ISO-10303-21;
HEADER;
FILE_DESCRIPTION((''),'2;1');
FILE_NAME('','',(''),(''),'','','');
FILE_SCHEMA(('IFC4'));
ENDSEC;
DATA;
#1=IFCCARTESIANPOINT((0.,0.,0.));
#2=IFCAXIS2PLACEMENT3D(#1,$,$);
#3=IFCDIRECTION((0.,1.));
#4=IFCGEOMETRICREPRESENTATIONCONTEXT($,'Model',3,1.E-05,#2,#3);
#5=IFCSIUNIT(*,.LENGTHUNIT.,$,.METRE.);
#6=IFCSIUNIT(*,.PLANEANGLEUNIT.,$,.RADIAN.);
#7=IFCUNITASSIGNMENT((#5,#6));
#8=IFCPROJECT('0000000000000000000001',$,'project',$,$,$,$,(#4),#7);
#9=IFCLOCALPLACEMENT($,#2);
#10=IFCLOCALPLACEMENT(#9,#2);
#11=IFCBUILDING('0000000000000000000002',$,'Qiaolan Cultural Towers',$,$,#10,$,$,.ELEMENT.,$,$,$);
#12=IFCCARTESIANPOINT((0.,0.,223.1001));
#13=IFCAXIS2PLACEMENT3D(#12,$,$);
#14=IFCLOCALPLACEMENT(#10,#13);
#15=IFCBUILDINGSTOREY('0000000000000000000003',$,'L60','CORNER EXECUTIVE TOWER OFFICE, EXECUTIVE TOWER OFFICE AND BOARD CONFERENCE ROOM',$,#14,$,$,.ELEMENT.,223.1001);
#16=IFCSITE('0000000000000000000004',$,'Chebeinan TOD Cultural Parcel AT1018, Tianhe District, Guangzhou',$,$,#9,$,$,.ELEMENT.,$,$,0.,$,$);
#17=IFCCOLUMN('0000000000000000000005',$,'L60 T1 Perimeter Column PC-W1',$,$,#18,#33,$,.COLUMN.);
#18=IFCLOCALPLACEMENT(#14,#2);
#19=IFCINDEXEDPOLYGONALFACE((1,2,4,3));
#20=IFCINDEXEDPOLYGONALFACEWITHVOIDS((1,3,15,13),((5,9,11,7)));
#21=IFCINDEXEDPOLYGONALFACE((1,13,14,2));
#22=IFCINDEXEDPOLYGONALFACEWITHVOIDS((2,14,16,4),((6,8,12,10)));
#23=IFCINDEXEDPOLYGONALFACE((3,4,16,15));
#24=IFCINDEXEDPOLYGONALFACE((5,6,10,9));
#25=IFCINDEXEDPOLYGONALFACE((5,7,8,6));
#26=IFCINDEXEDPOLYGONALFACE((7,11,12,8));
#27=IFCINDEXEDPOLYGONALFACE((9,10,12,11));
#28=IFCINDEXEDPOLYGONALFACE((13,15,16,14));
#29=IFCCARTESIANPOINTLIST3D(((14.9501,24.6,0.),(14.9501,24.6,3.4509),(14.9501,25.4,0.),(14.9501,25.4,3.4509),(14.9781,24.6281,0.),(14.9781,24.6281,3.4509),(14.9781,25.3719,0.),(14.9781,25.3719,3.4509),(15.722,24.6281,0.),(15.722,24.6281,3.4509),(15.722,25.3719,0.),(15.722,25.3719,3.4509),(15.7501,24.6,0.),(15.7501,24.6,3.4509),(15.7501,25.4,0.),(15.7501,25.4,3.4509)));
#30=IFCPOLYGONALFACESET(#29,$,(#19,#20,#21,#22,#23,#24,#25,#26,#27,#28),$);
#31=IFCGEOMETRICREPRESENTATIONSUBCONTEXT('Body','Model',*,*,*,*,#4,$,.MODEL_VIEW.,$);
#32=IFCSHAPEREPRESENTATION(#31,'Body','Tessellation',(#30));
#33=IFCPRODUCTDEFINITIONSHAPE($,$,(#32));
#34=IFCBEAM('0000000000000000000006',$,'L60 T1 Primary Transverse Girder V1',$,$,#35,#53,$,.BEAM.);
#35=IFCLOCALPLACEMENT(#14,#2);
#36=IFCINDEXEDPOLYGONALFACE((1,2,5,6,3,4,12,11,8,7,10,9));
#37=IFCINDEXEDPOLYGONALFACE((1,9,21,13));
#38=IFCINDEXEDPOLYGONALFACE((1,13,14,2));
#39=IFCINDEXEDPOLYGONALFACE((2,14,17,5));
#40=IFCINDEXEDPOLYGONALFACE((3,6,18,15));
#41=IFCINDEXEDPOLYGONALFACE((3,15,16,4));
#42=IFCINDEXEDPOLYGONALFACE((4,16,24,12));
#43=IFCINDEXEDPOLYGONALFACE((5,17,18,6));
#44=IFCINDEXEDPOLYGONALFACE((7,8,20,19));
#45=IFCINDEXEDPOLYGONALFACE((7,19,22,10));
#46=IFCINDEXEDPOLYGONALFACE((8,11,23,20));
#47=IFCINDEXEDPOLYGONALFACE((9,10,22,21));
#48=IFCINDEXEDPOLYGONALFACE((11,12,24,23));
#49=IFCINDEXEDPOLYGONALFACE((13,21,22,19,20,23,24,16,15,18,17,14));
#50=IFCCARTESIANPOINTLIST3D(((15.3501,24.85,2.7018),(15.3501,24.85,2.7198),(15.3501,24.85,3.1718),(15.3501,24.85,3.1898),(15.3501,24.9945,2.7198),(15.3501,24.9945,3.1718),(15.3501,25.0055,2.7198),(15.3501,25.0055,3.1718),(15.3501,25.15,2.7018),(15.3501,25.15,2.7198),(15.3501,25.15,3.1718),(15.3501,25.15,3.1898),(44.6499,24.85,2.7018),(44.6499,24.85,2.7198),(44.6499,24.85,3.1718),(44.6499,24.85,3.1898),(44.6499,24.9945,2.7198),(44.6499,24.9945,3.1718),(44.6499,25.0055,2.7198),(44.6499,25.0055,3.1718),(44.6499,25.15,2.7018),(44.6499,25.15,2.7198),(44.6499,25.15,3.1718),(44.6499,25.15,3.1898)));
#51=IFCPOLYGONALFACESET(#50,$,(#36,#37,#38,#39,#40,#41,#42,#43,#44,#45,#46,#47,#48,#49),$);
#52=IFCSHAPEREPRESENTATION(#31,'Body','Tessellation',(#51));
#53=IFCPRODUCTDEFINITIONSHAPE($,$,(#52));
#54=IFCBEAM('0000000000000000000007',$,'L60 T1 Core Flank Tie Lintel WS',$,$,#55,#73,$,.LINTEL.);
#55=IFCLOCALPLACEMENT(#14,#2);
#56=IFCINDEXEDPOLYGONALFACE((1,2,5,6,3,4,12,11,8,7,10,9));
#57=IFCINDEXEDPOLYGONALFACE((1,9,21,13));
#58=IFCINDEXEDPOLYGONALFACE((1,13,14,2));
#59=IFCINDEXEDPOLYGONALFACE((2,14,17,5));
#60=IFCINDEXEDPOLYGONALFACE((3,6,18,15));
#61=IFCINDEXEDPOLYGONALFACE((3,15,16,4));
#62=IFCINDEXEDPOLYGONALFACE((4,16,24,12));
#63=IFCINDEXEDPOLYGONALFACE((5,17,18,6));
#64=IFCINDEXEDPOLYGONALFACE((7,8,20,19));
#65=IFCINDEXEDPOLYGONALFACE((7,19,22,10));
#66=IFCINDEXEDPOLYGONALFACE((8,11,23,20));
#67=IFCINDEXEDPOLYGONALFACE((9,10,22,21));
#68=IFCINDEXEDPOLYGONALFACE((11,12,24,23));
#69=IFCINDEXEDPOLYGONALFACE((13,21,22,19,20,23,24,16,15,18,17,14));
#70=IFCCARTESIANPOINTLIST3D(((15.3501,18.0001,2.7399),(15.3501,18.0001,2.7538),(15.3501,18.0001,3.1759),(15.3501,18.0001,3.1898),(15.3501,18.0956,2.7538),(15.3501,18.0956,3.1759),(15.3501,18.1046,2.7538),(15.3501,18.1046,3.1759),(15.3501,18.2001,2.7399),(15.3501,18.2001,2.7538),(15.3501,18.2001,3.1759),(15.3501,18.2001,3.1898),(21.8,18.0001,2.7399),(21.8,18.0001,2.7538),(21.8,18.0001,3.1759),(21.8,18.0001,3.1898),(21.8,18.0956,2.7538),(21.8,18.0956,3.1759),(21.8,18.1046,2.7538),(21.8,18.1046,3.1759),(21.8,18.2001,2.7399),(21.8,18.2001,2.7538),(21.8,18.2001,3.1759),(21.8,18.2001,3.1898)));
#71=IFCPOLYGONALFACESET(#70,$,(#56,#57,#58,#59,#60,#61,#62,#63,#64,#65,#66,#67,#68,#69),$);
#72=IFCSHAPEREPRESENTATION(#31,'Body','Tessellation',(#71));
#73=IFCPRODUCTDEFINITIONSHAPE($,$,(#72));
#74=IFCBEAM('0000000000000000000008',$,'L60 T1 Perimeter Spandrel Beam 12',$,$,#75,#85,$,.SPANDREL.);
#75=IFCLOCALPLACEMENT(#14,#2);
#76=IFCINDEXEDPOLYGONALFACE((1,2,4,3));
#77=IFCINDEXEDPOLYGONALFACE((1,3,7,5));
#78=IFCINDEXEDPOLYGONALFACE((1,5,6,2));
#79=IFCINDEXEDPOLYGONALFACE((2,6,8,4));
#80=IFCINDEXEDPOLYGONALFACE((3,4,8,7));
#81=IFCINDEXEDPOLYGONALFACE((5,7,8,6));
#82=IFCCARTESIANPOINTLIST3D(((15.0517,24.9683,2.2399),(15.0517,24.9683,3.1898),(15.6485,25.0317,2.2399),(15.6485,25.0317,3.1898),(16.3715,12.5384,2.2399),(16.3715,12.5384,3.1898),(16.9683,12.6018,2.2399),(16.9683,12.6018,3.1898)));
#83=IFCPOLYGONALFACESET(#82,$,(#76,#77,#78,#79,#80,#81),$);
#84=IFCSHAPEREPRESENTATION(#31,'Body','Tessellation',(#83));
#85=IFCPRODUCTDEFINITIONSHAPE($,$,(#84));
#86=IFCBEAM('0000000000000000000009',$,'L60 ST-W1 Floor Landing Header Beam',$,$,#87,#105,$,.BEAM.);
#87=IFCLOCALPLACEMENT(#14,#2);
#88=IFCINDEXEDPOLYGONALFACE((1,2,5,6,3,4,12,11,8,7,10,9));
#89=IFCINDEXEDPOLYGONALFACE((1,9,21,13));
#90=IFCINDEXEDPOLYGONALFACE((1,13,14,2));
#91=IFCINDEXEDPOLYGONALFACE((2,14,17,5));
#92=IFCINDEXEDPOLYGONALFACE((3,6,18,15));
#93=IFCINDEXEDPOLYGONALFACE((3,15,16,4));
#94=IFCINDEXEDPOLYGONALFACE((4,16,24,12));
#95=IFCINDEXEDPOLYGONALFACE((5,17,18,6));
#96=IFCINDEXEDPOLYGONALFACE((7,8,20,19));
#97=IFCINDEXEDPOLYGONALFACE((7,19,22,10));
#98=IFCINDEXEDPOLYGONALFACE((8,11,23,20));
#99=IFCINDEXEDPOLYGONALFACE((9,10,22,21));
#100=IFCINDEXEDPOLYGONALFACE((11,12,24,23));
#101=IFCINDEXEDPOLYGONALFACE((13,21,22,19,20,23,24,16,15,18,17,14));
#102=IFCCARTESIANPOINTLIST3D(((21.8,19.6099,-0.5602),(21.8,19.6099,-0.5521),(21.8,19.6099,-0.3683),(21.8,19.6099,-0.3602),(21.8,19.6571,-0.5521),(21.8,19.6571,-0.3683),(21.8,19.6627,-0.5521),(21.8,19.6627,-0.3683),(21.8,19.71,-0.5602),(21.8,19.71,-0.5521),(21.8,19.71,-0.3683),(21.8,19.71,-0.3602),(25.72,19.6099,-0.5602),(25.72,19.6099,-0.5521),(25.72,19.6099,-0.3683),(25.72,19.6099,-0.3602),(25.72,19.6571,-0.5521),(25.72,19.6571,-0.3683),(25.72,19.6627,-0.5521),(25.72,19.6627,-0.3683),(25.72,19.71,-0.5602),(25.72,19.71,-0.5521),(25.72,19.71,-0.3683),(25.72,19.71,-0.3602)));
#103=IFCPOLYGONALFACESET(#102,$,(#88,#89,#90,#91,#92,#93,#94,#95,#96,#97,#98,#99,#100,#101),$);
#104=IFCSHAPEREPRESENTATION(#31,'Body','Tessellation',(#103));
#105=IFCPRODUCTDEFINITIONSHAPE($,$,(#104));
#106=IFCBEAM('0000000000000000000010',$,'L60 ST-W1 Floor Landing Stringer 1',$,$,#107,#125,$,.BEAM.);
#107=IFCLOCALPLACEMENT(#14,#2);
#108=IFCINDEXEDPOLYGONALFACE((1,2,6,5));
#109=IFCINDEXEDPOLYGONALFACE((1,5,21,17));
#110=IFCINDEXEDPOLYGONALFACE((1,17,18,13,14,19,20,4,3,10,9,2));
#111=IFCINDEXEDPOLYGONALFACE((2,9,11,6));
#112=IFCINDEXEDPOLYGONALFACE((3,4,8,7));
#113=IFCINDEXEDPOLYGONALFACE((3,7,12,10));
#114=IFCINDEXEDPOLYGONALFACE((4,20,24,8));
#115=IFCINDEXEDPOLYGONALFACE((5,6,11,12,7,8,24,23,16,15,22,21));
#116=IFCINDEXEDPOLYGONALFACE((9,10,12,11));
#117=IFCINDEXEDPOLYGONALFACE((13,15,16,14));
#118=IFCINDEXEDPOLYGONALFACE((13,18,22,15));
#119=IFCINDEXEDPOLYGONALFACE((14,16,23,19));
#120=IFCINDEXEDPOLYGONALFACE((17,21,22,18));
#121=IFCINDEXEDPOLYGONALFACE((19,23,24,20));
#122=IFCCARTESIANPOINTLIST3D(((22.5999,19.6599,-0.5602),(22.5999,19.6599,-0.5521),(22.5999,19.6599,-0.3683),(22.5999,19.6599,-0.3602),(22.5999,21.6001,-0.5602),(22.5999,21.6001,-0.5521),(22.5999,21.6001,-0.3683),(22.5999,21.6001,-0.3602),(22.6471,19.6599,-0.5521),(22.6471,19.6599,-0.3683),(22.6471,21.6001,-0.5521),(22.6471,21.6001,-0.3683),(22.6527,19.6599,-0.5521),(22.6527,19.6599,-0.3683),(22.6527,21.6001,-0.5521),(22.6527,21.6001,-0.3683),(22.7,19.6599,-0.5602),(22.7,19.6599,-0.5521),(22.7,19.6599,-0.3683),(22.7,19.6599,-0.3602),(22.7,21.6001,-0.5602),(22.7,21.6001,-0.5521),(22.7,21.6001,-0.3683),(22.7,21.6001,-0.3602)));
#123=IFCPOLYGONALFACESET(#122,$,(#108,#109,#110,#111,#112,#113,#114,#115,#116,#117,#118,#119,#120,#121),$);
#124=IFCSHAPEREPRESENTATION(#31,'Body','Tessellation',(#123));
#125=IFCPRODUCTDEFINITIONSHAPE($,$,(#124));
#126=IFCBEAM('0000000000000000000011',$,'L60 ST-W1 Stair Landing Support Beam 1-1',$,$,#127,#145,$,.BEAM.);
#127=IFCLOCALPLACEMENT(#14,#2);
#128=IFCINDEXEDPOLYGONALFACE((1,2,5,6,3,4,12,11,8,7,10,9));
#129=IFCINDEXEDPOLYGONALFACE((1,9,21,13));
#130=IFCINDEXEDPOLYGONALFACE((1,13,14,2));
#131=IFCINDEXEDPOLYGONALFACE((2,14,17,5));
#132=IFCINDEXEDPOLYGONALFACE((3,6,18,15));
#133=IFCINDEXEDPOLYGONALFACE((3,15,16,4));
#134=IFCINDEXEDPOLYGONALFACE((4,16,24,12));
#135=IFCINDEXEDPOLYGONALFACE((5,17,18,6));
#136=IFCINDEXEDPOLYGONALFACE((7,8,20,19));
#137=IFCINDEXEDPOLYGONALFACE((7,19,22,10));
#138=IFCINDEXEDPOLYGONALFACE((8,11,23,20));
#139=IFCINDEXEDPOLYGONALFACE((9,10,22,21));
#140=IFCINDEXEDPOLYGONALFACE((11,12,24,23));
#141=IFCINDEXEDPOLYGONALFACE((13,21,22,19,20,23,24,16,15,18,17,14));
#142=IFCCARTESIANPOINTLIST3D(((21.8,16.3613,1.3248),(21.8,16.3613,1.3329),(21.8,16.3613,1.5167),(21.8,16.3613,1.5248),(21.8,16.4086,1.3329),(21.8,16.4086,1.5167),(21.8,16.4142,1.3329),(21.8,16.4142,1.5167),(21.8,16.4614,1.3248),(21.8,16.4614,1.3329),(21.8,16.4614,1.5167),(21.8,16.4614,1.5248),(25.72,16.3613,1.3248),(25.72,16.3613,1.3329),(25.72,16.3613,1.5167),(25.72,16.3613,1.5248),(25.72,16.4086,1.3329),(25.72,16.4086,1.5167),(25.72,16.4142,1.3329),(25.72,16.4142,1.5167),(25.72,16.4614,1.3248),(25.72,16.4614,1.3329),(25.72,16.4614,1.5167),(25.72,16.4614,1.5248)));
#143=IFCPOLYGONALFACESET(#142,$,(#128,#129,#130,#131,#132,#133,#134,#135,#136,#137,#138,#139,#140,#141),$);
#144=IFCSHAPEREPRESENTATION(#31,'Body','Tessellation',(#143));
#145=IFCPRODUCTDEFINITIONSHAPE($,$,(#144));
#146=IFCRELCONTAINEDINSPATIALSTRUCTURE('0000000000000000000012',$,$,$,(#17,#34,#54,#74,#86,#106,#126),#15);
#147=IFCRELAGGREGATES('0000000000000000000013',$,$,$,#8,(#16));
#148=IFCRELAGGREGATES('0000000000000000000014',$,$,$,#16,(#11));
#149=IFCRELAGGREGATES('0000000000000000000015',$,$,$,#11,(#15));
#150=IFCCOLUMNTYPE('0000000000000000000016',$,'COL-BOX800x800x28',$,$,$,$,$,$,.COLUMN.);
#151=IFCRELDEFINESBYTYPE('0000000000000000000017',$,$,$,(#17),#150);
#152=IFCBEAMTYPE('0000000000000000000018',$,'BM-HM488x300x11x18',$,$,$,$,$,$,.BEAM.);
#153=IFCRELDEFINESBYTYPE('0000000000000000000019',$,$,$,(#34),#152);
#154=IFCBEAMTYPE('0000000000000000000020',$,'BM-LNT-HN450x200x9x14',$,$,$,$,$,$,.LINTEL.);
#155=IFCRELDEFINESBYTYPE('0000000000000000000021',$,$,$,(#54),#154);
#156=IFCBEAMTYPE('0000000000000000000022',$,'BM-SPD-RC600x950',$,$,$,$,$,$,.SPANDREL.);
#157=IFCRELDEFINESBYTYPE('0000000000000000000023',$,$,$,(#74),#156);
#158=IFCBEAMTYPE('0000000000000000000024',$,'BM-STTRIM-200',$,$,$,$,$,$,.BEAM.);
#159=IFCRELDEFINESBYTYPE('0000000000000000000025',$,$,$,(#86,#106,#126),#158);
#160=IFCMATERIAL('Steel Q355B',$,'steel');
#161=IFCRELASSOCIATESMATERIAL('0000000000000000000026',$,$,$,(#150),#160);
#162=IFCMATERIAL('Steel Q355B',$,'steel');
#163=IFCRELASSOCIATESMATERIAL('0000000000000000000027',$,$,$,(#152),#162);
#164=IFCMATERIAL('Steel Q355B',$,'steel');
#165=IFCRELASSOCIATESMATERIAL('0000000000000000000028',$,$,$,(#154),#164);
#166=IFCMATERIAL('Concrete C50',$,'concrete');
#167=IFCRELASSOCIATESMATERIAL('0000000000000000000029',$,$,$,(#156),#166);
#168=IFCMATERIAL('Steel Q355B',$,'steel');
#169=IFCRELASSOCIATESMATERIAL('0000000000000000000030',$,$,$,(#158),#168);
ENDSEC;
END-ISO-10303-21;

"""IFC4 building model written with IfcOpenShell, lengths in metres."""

from ifc_helpers import new_model, si_unit, direction, frame, origin, origin_2d, place, context, subcontext, project, spatial, rectangle, hollow_rectangle, i_section, extrude, material, material_profile, profile_set, type_object, element, save


model = new_model("IFC4")

# Units and contexts
model_context = context("Model", 3, precision=1e-05, world=origin(), true_north=direction((0.0, 1.0)))
body_context = subcontext(model_context, "Body", "Model", "MODEL_VIEW")
ifc_project = project(units=[si_unit("LENGTHUNIT", "METRE"), si_unit("PLANEANGLEUNIT", "RADIAN")], contexts=[model_context])

# Site, building, storey
site_placement = place(None, origin())
site = spatial("IfcSite", under=ifc_project, at=site_placement, Name="Chebeinan TOD Cultural Parcel AT1018, Tianhe District, Guangzhou", CompositionType="ELEMENT", RefElevation=0.0)
building_placement = place(site_placement, origin())
building = spatial("IfcBuilding", under=site, at=building_placement, Name="Qiaolan Cultural Towers", CompositionType="ELEMENT")
storey_placement = place(building_placement, frame((0.0, 0.0, 223.1001)))
storey = spatial("IfcBuildingStorey", under=building, at=storey_placement, Name="L60", Description="CORNER EXECUTIVE TOWER OFFICE, EXECUTIVE TOWER OFFICE AND BOARD CONFERENCE ROOM", CompositionType="ELEMENT", Elevation=223.1001)

# Column
ifc_material_1 = material(Name="Steel Q355B", Category="steel")
ifc_material_profile_1 = material_profile(ifc_material_1, hollow_rectangle(XDim=0.8, YDim=0.8, WallThickness=0.0281, at=origin_2d()), Name="BOX800x800x28")
ifc_profile_set_1 = profile_set([ifc_material_profile_1], Name="Steel Q355B")
column_type = type_object("IfcColumnType", Name="COL-BOX800x800x28", PredefinedType="COLUMN", material=ifc_profile_set_1)
column_placement = place(storey_placement, frame((15.3501, 25.0, 0.0), z_axis=(0.0, 0.0, 1.0), x_axis=(1.0, 0.0, 0.0)))
element("IfcColumn", 1, at=column_placement, inside=storey, type_object=column_type, Name="L60 T1 Perimeter Column PC-W1", PredefinedType="COLUMN", context=body_context, shape_type="SweptSolid", body=[
    extrude(hollow_rectangle(XDim=0.8, YDim=0.8, WallThickness=0.0281, at=origin_2d()), origin(), (0.0, 0.0, 1.0), 3.4509),
])

# Beams
ifc_material_2 = material(Name="Steel Q355B", Category="steel")
ifc_material_profile_2 = material_profile(ifc_material_2, i_section(OverallWidth=0.3, OverallDepth=0.488, WebThickness=0.011, FlangeThickness=0.0181, at=origin_2d()), Name="HM488x300x11x18")
ifc_profile_set_2 = profile_set([ifc_material_profile_2], Name="Steel Q355B")
beam_type_1 = type_object("IfcBeamType", Name="BM-HM488x300x11x18", PredefinedType="BEAM", material=ifc_profile_set_2)
beam_1_placement = place(storey_placement, frame((15.3501, 25.0, 2.9458), z_axis=(1.0, 0.0, 0.0), x_axis=(0.0, 1.0, 0.0)))
element("IfcBeam", 2, at=beam_1_placement, inside=storey, type_object=beam_type_1, Name="L60 T1 Primary Transverse Girder V1", PredefinedType="BEAM", context=body_context, shape_type="SweptSolid", body=[
    extrude(i_section(OverallWidth=0.3, OverallDepth=0.488, WebThickness=0.011, FlangeThickness=0.0181, at=origin_2d()), origin(), (0.0, 0.0, 1.0), 29.2998),
])
ifc_material_3 = material(Name="Steel Q355B", Category="steel")
ifc_material_profile_3 = material_profile(ifc_material_3, i_section(OverallWidth=0.2, OverallDepth=0.45, WebThickness=0.009, FlangeThickness=0.0139, at=origin_2d()), Name="HN450x200x9x14")
ifc_profile_set_3 = profile_set([ifc_material_profile_3], Name="Steel Q355B")
beam_type_2 = type_object("IfcBeamType", Name="BM-LNT-HN450x200x9x14", PredefinedType="LINTEL", material=ifc_profile_set_3)
beam_2_placement = place(storey_placement, frame((21.8, 18.1001, 2.9648), z_axis=(-1.0, 0.0, 0.0), x_axis=(0.0, -1.0, 0.0)))
element("IfcBeam", 3, at=beam_2_placement, inside=storey, type_object=beam_type_2, Name="L60 T1 Core Flank Tie Lintel WS", PredefinedType="LINTEL", context=body_context, shape_type="SweptSolid", body=[
    extrude(i_section(OverallWidth=0.2, OverallDepth=0.45, WebThickness=0.009, FlangeThickness=0.0139, at=origin_2d()), origin(), (0.0, 0.0, 1.0), 6.45),
])
ifc_material_4 = material(Name="Concrete C50", Category="concrete")
ifc_material_profile_4 = material_profile(ifc_material_4, rectangle(XDim=0.6001, YDim=0.95, at=origin_2d()), Name="RC600x950")
ifc_profile_set_4 = profile_set([ifc_material_profile_4], Name="Concrete C50")
beam_type_3 = type_object("IfcBeamType", Name="BM-SPD-RC600x950", PredefinedType="SPANDREL", material=ifc_profile_set_4)
beam_3_placement = place(storey_placement, frame((15.3501, 25.0, 2.7148), z_axis=(0.105588, -0.99441, 0.0), x_axis=(0.99441, 0.105588, 0.0)))
element("IfcBeam", 4, at=beam_3_placement, inside=storey, type_object=beam_type_3, Name="L60 T1 Perimeter Spandrel Beam 12", PredefinedType="SPANDREL", context=body_context, shape_type="SweptSolid", body=[
    extrude(rectangle(XDim=0.6001, YDim=0.95, at=origin_2d()), origin(), (0.0, 0.0, 1.0), 12.4998),
])
ifc_material_5 = material(Name="Steel Q355B", Category="steel")
ifc_material_profile_5 = material_profile(ifc_material_5, i_section(OverallWidth=0.1001, OverallDepth=0.2, WebThickness=0.0056, FlangeThickness=0.0081, at=origin_2d()), Name="HN200x100x5.5x8")
ifc_profile_set_5 = profile_set([ifc_material_profile_5], Name="Steel Q355B")
beam_type_4 = type_object("IfcBeamType", Name="BM-STTRIM-200", PredefinedType="BEAM", material=ifc_profile_set_5)
beam_4_placement = place(storey_placement, frame((21.8, 19.6599, -0.4602), z_axis=(1.0, 0.0, 0.0), x_axis=(0.0, 1.0, 0.0)))
element("IfcBeam", 5, at=beam_4_placement, inside=storey, type_object=beam_type_4, Name="L60 ST-W1 Floor Landing Header Beam", PredefinedType="BEAM", context=body_context, shape_type="SweptSolid", body=[
    extrude(i_section(OverallWidth=0.1001, OverallDepth=0.2, WebThickness=0.0056, FlangeThickness=0.0081, at=origin_2d()), origin(), (0.0, 0.0, 1.0), 3.9199),
])
beam_5_placement = place(storey_placement, frame((22.6499, 21.6001, -0.4602), z_axis=(0.0, -1.0, 0.0), x_axis=(1.0, 0.0, 0.0)))
element("IfcBeam", 6, at=beam_5_placement, inside=storey, type_object=beam_type_4, Name="L60 ST-W1 Floor Landing Stringer 1", PredefinedType="BEAM", context=body_context, shape_type="SweptSolid", body=[
    extrude(i_section(OverallWidth=0.1001, OverallDepth=0.2, WebThickness=0.0056, FlangeThickness=0.0081, at=origin_2d()), origin(), (0.0, 0.0, 1.0), 1.9402),
])
beam_6_placement = place(storey_placement, frame((21.8, 16.4114, 1.4248), z_axis=(1.0, 0.0, 0.0), x_axis=(0.0, 1.0, 0.0)))
element("IfcBeam", 7, at=beam_6_placement, inside=storey, type_object=beam_type_4, Name="L60 ST-W1 Stair Landing Support Beam 1-1", PredefinedType="BEAM", context=body_context, shape_type="SweptSolid", body=[
    extrude(i_section(OverallWidth=0.1001, OverallDepth=0.2, WebThickness=0.0056, FlangeThickness=0.0081, at=origin_2d()), origin(), (0.0, 0.0, 1.0), 3.9199),
])

save(model, "model.ifc")
